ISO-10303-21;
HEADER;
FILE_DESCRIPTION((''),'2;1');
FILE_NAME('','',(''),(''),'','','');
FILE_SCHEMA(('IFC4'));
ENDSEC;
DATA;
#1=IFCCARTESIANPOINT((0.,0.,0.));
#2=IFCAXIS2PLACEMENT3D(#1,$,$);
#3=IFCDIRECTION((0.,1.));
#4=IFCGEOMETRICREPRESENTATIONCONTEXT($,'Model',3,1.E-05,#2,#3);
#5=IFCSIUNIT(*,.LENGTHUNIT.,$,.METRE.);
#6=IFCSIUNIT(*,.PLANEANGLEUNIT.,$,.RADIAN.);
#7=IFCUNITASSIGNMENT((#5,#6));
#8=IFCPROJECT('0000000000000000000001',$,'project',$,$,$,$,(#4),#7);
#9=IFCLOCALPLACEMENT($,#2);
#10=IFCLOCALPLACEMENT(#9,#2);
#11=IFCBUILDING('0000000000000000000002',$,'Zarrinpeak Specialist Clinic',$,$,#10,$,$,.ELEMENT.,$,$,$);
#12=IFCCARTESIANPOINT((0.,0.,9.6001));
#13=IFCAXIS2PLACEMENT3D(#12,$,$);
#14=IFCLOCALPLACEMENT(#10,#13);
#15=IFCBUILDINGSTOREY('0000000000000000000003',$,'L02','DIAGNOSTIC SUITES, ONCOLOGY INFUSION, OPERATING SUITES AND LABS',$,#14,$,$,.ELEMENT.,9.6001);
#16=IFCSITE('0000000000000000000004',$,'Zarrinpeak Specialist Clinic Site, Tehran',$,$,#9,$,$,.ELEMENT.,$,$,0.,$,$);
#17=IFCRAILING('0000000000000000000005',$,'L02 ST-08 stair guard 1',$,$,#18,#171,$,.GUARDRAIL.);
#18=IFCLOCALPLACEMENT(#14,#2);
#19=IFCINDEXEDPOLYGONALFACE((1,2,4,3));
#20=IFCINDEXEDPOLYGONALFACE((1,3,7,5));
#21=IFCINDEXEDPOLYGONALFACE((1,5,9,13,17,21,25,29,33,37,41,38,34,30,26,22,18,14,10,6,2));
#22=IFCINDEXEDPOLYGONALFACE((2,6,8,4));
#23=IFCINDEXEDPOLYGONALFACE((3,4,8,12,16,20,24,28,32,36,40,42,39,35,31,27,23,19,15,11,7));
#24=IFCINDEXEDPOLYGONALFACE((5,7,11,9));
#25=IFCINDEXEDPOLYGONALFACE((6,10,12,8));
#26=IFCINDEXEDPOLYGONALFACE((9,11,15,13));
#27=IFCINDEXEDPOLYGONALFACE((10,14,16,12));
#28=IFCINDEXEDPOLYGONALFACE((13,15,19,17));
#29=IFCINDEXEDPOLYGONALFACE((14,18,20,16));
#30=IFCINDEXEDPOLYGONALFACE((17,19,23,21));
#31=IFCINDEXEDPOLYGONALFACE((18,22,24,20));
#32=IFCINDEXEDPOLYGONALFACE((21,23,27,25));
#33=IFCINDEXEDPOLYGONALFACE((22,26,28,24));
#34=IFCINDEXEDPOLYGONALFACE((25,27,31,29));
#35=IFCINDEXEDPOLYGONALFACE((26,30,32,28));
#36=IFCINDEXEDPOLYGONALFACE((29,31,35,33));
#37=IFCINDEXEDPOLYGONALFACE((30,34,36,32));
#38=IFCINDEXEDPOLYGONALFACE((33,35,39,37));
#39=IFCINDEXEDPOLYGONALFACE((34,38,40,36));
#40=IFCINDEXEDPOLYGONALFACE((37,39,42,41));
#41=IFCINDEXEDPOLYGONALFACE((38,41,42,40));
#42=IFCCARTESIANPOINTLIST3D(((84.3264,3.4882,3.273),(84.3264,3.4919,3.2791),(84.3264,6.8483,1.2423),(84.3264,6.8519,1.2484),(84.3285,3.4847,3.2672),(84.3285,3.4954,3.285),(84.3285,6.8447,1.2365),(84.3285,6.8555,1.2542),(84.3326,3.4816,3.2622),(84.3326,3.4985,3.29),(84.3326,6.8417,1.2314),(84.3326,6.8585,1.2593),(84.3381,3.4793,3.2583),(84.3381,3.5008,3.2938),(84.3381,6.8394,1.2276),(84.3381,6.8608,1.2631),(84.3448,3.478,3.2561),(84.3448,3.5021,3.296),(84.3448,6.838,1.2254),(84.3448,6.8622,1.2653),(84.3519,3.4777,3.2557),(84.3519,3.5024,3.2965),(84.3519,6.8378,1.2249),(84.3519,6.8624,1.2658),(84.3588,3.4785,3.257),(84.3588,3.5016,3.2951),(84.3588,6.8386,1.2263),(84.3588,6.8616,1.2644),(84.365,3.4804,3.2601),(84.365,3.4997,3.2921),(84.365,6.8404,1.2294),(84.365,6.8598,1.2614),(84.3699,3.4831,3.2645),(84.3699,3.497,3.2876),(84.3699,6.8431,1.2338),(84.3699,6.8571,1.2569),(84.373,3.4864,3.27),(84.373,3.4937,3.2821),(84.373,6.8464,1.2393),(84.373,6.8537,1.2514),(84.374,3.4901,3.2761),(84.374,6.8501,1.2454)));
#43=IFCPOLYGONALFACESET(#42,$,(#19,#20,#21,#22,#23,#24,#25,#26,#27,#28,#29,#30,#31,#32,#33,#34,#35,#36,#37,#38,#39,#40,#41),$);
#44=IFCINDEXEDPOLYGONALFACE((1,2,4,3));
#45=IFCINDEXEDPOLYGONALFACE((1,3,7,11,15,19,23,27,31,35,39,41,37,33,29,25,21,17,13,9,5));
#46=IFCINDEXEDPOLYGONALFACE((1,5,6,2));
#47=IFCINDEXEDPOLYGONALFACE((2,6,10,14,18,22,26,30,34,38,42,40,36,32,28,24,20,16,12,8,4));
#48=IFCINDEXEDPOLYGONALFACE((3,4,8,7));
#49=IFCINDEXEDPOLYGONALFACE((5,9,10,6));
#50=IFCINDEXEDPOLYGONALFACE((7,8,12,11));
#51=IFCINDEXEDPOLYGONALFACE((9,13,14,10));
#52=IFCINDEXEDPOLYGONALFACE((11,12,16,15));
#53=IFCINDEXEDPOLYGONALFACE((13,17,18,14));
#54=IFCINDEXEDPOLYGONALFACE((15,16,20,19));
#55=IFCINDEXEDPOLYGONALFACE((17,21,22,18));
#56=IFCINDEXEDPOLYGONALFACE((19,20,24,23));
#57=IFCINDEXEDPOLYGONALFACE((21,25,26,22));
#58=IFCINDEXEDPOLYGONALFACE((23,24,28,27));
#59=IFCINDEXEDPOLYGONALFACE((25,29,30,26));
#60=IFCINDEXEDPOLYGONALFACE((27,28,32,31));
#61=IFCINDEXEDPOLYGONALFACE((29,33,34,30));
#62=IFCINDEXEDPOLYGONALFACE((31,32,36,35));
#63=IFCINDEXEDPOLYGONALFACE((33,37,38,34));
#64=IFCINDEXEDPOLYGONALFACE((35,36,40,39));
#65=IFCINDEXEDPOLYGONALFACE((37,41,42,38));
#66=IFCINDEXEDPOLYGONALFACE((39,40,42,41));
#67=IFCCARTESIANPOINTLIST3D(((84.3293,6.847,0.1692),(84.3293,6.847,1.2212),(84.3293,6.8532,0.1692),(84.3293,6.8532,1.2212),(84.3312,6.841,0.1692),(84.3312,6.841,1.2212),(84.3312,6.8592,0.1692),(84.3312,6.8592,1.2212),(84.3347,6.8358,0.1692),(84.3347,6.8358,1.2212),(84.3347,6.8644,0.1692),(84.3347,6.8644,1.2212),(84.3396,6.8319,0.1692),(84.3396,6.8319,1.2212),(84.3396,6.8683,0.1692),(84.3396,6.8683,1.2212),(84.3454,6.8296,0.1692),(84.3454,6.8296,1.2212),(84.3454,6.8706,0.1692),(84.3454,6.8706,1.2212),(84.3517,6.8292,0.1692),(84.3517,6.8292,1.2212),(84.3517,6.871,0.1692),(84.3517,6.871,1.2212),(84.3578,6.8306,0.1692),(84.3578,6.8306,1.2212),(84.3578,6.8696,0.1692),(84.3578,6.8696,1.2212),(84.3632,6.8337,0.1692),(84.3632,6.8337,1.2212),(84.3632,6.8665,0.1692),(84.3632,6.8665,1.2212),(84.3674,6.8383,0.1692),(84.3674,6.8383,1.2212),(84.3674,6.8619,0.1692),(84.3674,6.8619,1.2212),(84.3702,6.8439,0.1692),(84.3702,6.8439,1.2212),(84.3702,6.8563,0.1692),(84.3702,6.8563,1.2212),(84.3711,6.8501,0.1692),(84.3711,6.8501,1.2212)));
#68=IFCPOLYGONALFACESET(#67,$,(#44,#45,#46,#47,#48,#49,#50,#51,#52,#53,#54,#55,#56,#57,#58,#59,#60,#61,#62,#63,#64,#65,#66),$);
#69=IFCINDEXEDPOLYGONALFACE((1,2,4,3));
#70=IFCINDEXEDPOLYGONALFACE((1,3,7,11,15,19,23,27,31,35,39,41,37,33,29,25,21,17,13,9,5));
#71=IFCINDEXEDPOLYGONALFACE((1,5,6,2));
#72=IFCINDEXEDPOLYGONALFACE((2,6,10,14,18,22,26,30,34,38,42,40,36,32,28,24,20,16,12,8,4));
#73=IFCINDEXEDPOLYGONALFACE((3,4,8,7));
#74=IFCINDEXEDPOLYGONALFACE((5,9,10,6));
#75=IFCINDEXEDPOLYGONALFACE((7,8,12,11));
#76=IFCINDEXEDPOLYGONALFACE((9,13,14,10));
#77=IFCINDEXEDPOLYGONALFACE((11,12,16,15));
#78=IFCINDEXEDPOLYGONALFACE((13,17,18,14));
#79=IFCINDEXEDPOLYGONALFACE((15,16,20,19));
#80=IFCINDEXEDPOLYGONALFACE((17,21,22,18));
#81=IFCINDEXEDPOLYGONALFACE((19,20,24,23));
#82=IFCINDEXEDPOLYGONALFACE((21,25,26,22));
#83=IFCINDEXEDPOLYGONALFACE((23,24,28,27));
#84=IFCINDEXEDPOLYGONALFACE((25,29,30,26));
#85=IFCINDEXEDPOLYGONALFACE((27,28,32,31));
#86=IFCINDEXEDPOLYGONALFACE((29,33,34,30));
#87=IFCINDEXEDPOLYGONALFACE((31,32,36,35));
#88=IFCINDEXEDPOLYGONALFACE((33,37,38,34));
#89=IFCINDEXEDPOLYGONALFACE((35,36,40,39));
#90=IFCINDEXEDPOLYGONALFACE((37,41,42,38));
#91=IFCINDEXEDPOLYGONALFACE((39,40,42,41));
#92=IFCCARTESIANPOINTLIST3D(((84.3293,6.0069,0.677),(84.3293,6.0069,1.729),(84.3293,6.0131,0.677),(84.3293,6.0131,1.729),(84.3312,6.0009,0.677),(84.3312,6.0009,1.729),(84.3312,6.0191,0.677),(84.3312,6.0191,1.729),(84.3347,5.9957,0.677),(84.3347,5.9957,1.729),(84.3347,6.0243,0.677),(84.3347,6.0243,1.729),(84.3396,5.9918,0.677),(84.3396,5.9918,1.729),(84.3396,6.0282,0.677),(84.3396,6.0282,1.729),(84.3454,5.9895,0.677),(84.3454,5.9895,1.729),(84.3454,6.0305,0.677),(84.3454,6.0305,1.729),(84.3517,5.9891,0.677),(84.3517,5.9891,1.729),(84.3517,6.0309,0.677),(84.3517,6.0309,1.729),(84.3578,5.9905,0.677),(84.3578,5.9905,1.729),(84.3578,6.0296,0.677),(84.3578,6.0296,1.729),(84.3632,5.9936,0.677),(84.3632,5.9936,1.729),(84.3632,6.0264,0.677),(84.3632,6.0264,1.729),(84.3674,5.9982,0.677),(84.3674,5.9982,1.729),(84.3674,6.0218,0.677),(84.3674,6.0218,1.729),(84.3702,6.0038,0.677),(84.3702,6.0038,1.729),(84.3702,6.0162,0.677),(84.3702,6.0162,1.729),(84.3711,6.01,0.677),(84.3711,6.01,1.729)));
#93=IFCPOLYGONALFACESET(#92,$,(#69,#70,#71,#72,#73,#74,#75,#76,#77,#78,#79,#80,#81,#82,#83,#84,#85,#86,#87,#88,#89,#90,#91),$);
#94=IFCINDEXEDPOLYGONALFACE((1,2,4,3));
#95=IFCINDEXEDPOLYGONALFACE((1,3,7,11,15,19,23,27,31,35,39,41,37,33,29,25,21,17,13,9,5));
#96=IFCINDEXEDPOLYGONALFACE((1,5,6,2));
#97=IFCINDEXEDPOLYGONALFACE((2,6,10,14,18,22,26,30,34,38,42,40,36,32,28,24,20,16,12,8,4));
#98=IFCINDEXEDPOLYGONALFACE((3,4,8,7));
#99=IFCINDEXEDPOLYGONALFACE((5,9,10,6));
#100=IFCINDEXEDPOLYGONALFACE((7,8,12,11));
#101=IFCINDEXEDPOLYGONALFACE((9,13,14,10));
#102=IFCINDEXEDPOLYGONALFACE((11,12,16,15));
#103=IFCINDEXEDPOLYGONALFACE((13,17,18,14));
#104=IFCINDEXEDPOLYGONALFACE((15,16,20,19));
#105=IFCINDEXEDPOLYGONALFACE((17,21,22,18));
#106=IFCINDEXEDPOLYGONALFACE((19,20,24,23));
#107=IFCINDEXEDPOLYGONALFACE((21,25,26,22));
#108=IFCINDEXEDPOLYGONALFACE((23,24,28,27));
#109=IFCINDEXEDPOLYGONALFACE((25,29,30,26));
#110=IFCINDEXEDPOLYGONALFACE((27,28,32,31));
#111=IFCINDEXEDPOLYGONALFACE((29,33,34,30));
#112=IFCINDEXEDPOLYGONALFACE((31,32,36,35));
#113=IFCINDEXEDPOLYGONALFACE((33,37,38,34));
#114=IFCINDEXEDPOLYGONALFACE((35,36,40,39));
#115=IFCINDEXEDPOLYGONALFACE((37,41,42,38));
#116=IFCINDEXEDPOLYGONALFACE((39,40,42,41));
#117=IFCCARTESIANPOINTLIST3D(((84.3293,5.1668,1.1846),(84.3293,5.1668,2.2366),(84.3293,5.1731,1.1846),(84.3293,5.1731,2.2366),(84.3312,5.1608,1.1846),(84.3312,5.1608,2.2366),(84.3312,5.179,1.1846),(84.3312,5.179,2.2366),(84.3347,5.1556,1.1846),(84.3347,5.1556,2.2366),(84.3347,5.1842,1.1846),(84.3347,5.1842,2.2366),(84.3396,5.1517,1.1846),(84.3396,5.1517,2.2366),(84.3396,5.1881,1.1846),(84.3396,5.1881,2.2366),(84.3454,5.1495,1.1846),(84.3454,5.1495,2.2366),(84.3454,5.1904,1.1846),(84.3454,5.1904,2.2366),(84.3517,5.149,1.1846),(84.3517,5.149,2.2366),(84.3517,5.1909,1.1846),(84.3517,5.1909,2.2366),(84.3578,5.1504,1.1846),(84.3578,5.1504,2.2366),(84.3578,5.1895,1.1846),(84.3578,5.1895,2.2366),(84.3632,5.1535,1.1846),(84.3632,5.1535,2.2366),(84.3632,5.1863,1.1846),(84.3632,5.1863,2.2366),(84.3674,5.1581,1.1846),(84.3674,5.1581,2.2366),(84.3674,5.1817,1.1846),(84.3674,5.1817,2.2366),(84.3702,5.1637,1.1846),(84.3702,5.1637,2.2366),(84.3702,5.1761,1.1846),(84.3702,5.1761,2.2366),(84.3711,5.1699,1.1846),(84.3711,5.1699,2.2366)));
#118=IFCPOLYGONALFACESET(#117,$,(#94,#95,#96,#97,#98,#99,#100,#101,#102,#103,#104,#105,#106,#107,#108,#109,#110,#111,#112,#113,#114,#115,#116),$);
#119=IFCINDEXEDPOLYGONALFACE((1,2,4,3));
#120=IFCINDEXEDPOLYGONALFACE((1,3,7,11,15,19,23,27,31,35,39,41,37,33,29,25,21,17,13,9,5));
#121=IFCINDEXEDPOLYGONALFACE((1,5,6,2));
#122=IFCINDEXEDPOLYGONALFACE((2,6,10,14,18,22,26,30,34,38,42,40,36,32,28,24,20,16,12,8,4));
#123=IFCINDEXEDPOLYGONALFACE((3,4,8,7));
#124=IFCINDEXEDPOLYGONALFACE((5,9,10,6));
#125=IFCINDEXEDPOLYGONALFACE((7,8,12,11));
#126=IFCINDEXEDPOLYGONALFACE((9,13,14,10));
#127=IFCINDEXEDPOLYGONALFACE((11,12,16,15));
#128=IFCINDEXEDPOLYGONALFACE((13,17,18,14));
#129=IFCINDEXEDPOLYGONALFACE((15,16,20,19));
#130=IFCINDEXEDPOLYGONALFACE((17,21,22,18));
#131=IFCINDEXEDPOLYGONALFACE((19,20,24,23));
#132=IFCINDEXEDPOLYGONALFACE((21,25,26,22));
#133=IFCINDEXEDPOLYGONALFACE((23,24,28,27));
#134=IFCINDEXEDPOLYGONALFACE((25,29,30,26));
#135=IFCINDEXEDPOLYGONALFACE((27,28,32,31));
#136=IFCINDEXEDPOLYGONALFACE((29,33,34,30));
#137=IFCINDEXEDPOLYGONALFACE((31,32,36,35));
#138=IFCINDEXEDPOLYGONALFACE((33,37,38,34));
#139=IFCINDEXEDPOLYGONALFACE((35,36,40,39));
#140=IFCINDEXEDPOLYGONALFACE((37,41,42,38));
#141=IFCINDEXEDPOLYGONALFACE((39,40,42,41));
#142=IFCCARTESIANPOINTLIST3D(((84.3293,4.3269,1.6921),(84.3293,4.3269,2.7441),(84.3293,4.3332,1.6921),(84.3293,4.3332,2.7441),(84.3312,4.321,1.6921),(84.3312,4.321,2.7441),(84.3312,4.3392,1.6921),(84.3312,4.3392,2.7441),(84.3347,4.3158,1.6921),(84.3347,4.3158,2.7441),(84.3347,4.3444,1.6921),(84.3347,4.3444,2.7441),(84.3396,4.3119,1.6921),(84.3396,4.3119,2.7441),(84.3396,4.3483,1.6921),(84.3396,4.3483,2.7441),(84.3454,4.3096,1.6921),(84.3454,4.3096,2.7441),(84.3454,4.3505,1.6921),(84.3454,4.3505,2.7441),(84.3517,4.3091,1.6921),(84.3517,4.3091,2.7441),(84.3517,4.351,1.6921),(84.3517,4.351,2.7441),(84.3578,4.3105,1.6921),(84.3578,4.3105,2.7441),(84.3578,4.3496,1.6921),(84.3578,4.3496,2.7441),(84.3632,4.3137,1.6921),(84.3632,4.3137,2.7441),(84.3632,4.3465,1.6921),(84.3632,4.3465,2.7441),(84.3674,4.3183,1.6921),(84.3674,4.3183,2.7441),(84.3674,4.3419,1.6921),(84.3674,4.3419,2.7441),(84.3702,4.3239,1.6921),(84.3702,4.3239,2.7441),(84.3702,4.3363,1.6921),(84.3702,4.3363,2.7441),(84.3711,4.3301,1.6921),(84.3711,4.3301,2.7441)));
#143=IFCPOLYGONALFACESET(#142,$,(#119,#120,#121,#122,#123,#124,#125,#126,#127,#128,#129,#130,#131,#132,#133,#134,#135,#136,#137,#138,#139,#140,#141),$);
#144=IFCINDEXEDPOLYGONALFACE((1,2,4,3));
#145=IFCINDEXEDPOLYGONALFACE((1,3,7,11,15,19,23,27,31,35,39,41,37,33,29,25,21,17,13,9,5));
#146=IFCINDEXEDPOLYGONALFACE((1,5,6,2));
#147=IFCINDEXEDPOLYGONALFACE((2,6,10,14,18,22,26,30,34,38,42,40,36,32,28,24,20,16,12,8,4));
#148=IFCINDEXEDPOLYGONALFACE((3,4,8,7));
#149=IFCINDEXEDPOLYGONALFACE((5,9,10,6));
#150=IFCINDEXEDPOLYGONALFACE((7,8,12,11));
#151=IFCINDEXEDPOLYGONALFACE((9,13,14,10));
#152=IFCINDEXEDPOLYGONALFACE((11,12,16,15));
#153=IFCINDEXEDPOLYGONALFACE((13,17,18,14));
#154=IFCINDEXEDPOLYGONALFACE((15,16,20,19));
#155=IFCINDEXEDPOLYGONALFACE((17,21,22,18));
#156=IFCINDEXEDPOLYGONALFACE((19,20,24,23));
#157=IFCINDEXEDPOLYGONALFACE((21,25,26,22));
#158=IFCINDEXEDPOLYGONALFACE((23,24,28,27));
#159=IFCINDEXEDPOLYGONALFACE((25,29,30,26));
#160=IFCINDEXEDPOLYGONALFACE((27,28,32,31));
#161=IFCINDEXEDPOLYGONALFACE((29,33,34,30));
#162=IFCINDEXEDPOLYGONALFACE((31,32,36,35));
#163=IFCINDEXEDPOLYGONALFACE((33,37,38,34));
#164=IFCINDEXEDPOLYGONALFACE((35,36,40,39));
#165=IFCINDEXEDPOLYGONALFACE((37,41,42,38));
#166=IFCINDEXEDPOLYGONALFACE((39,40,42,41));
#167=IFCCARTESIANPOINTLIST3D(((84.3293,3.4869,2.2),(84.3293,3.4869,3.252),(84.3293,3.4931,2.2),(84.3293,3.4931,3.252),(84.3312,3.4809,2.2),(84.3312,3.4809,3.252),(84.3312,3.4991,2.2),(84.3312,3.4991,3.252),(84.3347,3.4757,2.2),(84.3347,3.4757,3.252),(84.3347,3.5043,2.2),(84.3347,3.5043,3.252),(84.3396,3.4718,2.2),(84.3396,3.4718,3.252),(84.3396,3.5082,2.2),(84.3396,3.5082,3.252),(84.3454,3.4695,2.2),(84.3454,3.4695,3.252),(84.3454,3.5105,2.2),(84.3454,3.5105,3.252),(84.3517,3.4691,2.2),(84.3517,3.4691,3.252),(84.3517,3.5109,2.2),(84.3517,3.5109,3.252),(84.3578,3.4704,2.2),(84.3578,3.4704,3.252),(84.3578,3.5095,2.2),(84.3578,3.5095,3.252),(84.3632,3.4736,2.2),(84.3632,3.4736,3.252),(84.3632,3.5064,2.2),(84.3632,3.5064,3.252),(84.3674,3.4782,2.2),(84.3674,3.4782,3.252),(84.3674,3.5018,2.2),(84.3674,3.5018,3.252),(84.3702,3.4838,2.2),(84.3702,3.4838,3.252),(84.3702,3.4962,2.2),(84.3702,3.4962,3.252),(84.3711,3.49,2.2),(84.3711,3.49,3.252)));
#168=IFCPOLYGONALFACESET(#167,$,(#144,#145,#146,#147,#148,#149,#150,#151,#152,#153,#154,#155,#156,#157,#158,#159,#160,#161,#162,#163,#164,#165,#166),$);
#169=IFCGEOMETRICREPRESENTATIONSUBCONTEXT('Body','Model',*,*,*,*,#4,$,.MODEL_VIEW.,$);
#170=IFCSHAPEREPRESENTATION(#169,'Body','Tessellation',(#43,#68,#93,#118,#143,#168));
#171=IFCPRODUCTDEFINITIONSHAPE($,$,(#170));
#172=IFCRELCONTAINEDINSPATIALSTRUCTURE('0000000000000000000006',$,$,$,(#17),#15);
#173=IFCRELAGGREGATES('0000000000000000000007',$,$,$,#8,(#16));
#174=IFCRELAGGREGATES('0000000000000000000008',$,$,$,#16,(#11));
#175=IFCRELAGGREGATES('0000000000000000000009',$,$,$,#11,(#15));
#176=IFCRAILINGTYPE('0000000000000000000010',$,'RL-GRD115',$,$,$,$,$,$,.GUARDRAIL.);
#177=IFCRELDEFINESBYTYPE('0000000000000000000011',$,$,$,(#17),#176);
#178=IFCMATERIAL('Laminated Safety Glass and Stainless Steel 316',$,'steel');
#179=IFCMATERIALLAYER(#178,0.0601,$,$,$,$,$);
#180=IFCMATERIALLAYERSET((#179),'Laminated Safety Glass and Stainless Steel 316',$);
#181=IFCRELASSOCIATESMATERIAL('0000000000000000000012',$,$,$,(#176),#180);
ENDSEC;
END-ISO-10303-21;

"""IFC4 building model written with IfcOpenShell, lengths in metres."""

from ifc_helpers import new_model, si_unit, direction, frame, origin, origin_2d, place, context, subcontext, project, spatial, circle, extrude, material, layer, layer_set, type_object, element, save


model = new_model("IFC4")

# Units and contexts
model_context = context("Model", 3, precision=1e-05, world=origin(), true_north=direction((0.0, 1.0)))
body_context = subcontext(model_context, "Body", "Model", "MODEL_VIEW")
ifc_project = project(units=[si_unit("LENGTHUNIT", "METRE"), si_unit("PLANEANGLEUNIT", "RADIAN")], contexts=[model_context])

# Site, building, storey
site_placement = place(None, origin())
site = spatial("IfcSite", under=ifc_project, at=site_placement, Name="Zarrinpeak Specialist Clinic Site, Tehran", CompositionType="ELEMENT", RefElevation=0.0)
building_placement = place(site_placement, origin())
building = spatial("IfcBuilding", under=site, at=building_placement, Name="Zarrinpeak Specialist Clinic", CompositionType="ELEMENT")
storey_placement = place(building_placement, frame((0.0, 0.0, 9.6001)))
storey = spatial("IfcBuildingStorey", under=building, at=storey_placement, Name="L02", Description="DIAGNOSTIC SUITES, ONCOLOGY INFUSION, OPERATING SUITES AND LABS", CompositionType="ELEMENT", Elevation=9.6001)

# Railing
ifc_material_1 = material(Name="Laminated Safety Glass and Stainless Steel 316", Category="steel")
ifc_layer_1 = layer(ifc_material_1, 0.0601)
ifc_layer_set_1 = layer_set([ifc_layer_1], Name="Laminated Safety Glass and Stainless Steel 316")
railing_type = type_object("IfcRailingType", Name="RL-GRD115", PredefinedType="GUARDRAIL", material=ifc_layer_set_1)
railing_1_placement = place(storey_placement, frame((84.3501, 6.8501, 0.1692)))
element("IfcRailing", 1, at=railing_1_placement, inside=storey, type_object=railing_type, Name="L02 ST-08 stair guard 1", PredefinedType="GUARDRAIL", context=body_context, shape_type="SweptSolid", body=[
    extrude(circle(Radius=0.0239, at=origin_2d()), frame((0.0, 0.0, 1.0762), z_axis=(0.0, -0.855837, 0.517246), x_axis=(1.0, 0.0, 0.0)), (0.0, 0.0, 1.0), 3.926),
    extrude(circle(Radius=0.021, at=origin_2d()), origin(), (0.0, 0.0, 1.0), 1.052),
    extrude(circle(Radius=0.021, at=origin_2d()), frame((0.0, -0.8401, 0.5078)), (0.0, 0.0, 1.0), 1.052),
    extrude(circle(Radius=0.021, at=origin_2d()), frame((0.0, -1.6802, 1.0154)), (0.0, 0.0, 1.0), 1.052),
    extrude(circle(Radius=0.021, at=origin_2d()), frame((0.0, -2.52, 1.5229)), (0.0, 0.0, 1.0), 1.052),
    extrude(circle(Radius=0.021, at=origin_2d()), frame((0.0, -3.3601, 2.0308)), (0.0, 0.0, 1.0), 1.052),
])

save(model, "model.ifc")
